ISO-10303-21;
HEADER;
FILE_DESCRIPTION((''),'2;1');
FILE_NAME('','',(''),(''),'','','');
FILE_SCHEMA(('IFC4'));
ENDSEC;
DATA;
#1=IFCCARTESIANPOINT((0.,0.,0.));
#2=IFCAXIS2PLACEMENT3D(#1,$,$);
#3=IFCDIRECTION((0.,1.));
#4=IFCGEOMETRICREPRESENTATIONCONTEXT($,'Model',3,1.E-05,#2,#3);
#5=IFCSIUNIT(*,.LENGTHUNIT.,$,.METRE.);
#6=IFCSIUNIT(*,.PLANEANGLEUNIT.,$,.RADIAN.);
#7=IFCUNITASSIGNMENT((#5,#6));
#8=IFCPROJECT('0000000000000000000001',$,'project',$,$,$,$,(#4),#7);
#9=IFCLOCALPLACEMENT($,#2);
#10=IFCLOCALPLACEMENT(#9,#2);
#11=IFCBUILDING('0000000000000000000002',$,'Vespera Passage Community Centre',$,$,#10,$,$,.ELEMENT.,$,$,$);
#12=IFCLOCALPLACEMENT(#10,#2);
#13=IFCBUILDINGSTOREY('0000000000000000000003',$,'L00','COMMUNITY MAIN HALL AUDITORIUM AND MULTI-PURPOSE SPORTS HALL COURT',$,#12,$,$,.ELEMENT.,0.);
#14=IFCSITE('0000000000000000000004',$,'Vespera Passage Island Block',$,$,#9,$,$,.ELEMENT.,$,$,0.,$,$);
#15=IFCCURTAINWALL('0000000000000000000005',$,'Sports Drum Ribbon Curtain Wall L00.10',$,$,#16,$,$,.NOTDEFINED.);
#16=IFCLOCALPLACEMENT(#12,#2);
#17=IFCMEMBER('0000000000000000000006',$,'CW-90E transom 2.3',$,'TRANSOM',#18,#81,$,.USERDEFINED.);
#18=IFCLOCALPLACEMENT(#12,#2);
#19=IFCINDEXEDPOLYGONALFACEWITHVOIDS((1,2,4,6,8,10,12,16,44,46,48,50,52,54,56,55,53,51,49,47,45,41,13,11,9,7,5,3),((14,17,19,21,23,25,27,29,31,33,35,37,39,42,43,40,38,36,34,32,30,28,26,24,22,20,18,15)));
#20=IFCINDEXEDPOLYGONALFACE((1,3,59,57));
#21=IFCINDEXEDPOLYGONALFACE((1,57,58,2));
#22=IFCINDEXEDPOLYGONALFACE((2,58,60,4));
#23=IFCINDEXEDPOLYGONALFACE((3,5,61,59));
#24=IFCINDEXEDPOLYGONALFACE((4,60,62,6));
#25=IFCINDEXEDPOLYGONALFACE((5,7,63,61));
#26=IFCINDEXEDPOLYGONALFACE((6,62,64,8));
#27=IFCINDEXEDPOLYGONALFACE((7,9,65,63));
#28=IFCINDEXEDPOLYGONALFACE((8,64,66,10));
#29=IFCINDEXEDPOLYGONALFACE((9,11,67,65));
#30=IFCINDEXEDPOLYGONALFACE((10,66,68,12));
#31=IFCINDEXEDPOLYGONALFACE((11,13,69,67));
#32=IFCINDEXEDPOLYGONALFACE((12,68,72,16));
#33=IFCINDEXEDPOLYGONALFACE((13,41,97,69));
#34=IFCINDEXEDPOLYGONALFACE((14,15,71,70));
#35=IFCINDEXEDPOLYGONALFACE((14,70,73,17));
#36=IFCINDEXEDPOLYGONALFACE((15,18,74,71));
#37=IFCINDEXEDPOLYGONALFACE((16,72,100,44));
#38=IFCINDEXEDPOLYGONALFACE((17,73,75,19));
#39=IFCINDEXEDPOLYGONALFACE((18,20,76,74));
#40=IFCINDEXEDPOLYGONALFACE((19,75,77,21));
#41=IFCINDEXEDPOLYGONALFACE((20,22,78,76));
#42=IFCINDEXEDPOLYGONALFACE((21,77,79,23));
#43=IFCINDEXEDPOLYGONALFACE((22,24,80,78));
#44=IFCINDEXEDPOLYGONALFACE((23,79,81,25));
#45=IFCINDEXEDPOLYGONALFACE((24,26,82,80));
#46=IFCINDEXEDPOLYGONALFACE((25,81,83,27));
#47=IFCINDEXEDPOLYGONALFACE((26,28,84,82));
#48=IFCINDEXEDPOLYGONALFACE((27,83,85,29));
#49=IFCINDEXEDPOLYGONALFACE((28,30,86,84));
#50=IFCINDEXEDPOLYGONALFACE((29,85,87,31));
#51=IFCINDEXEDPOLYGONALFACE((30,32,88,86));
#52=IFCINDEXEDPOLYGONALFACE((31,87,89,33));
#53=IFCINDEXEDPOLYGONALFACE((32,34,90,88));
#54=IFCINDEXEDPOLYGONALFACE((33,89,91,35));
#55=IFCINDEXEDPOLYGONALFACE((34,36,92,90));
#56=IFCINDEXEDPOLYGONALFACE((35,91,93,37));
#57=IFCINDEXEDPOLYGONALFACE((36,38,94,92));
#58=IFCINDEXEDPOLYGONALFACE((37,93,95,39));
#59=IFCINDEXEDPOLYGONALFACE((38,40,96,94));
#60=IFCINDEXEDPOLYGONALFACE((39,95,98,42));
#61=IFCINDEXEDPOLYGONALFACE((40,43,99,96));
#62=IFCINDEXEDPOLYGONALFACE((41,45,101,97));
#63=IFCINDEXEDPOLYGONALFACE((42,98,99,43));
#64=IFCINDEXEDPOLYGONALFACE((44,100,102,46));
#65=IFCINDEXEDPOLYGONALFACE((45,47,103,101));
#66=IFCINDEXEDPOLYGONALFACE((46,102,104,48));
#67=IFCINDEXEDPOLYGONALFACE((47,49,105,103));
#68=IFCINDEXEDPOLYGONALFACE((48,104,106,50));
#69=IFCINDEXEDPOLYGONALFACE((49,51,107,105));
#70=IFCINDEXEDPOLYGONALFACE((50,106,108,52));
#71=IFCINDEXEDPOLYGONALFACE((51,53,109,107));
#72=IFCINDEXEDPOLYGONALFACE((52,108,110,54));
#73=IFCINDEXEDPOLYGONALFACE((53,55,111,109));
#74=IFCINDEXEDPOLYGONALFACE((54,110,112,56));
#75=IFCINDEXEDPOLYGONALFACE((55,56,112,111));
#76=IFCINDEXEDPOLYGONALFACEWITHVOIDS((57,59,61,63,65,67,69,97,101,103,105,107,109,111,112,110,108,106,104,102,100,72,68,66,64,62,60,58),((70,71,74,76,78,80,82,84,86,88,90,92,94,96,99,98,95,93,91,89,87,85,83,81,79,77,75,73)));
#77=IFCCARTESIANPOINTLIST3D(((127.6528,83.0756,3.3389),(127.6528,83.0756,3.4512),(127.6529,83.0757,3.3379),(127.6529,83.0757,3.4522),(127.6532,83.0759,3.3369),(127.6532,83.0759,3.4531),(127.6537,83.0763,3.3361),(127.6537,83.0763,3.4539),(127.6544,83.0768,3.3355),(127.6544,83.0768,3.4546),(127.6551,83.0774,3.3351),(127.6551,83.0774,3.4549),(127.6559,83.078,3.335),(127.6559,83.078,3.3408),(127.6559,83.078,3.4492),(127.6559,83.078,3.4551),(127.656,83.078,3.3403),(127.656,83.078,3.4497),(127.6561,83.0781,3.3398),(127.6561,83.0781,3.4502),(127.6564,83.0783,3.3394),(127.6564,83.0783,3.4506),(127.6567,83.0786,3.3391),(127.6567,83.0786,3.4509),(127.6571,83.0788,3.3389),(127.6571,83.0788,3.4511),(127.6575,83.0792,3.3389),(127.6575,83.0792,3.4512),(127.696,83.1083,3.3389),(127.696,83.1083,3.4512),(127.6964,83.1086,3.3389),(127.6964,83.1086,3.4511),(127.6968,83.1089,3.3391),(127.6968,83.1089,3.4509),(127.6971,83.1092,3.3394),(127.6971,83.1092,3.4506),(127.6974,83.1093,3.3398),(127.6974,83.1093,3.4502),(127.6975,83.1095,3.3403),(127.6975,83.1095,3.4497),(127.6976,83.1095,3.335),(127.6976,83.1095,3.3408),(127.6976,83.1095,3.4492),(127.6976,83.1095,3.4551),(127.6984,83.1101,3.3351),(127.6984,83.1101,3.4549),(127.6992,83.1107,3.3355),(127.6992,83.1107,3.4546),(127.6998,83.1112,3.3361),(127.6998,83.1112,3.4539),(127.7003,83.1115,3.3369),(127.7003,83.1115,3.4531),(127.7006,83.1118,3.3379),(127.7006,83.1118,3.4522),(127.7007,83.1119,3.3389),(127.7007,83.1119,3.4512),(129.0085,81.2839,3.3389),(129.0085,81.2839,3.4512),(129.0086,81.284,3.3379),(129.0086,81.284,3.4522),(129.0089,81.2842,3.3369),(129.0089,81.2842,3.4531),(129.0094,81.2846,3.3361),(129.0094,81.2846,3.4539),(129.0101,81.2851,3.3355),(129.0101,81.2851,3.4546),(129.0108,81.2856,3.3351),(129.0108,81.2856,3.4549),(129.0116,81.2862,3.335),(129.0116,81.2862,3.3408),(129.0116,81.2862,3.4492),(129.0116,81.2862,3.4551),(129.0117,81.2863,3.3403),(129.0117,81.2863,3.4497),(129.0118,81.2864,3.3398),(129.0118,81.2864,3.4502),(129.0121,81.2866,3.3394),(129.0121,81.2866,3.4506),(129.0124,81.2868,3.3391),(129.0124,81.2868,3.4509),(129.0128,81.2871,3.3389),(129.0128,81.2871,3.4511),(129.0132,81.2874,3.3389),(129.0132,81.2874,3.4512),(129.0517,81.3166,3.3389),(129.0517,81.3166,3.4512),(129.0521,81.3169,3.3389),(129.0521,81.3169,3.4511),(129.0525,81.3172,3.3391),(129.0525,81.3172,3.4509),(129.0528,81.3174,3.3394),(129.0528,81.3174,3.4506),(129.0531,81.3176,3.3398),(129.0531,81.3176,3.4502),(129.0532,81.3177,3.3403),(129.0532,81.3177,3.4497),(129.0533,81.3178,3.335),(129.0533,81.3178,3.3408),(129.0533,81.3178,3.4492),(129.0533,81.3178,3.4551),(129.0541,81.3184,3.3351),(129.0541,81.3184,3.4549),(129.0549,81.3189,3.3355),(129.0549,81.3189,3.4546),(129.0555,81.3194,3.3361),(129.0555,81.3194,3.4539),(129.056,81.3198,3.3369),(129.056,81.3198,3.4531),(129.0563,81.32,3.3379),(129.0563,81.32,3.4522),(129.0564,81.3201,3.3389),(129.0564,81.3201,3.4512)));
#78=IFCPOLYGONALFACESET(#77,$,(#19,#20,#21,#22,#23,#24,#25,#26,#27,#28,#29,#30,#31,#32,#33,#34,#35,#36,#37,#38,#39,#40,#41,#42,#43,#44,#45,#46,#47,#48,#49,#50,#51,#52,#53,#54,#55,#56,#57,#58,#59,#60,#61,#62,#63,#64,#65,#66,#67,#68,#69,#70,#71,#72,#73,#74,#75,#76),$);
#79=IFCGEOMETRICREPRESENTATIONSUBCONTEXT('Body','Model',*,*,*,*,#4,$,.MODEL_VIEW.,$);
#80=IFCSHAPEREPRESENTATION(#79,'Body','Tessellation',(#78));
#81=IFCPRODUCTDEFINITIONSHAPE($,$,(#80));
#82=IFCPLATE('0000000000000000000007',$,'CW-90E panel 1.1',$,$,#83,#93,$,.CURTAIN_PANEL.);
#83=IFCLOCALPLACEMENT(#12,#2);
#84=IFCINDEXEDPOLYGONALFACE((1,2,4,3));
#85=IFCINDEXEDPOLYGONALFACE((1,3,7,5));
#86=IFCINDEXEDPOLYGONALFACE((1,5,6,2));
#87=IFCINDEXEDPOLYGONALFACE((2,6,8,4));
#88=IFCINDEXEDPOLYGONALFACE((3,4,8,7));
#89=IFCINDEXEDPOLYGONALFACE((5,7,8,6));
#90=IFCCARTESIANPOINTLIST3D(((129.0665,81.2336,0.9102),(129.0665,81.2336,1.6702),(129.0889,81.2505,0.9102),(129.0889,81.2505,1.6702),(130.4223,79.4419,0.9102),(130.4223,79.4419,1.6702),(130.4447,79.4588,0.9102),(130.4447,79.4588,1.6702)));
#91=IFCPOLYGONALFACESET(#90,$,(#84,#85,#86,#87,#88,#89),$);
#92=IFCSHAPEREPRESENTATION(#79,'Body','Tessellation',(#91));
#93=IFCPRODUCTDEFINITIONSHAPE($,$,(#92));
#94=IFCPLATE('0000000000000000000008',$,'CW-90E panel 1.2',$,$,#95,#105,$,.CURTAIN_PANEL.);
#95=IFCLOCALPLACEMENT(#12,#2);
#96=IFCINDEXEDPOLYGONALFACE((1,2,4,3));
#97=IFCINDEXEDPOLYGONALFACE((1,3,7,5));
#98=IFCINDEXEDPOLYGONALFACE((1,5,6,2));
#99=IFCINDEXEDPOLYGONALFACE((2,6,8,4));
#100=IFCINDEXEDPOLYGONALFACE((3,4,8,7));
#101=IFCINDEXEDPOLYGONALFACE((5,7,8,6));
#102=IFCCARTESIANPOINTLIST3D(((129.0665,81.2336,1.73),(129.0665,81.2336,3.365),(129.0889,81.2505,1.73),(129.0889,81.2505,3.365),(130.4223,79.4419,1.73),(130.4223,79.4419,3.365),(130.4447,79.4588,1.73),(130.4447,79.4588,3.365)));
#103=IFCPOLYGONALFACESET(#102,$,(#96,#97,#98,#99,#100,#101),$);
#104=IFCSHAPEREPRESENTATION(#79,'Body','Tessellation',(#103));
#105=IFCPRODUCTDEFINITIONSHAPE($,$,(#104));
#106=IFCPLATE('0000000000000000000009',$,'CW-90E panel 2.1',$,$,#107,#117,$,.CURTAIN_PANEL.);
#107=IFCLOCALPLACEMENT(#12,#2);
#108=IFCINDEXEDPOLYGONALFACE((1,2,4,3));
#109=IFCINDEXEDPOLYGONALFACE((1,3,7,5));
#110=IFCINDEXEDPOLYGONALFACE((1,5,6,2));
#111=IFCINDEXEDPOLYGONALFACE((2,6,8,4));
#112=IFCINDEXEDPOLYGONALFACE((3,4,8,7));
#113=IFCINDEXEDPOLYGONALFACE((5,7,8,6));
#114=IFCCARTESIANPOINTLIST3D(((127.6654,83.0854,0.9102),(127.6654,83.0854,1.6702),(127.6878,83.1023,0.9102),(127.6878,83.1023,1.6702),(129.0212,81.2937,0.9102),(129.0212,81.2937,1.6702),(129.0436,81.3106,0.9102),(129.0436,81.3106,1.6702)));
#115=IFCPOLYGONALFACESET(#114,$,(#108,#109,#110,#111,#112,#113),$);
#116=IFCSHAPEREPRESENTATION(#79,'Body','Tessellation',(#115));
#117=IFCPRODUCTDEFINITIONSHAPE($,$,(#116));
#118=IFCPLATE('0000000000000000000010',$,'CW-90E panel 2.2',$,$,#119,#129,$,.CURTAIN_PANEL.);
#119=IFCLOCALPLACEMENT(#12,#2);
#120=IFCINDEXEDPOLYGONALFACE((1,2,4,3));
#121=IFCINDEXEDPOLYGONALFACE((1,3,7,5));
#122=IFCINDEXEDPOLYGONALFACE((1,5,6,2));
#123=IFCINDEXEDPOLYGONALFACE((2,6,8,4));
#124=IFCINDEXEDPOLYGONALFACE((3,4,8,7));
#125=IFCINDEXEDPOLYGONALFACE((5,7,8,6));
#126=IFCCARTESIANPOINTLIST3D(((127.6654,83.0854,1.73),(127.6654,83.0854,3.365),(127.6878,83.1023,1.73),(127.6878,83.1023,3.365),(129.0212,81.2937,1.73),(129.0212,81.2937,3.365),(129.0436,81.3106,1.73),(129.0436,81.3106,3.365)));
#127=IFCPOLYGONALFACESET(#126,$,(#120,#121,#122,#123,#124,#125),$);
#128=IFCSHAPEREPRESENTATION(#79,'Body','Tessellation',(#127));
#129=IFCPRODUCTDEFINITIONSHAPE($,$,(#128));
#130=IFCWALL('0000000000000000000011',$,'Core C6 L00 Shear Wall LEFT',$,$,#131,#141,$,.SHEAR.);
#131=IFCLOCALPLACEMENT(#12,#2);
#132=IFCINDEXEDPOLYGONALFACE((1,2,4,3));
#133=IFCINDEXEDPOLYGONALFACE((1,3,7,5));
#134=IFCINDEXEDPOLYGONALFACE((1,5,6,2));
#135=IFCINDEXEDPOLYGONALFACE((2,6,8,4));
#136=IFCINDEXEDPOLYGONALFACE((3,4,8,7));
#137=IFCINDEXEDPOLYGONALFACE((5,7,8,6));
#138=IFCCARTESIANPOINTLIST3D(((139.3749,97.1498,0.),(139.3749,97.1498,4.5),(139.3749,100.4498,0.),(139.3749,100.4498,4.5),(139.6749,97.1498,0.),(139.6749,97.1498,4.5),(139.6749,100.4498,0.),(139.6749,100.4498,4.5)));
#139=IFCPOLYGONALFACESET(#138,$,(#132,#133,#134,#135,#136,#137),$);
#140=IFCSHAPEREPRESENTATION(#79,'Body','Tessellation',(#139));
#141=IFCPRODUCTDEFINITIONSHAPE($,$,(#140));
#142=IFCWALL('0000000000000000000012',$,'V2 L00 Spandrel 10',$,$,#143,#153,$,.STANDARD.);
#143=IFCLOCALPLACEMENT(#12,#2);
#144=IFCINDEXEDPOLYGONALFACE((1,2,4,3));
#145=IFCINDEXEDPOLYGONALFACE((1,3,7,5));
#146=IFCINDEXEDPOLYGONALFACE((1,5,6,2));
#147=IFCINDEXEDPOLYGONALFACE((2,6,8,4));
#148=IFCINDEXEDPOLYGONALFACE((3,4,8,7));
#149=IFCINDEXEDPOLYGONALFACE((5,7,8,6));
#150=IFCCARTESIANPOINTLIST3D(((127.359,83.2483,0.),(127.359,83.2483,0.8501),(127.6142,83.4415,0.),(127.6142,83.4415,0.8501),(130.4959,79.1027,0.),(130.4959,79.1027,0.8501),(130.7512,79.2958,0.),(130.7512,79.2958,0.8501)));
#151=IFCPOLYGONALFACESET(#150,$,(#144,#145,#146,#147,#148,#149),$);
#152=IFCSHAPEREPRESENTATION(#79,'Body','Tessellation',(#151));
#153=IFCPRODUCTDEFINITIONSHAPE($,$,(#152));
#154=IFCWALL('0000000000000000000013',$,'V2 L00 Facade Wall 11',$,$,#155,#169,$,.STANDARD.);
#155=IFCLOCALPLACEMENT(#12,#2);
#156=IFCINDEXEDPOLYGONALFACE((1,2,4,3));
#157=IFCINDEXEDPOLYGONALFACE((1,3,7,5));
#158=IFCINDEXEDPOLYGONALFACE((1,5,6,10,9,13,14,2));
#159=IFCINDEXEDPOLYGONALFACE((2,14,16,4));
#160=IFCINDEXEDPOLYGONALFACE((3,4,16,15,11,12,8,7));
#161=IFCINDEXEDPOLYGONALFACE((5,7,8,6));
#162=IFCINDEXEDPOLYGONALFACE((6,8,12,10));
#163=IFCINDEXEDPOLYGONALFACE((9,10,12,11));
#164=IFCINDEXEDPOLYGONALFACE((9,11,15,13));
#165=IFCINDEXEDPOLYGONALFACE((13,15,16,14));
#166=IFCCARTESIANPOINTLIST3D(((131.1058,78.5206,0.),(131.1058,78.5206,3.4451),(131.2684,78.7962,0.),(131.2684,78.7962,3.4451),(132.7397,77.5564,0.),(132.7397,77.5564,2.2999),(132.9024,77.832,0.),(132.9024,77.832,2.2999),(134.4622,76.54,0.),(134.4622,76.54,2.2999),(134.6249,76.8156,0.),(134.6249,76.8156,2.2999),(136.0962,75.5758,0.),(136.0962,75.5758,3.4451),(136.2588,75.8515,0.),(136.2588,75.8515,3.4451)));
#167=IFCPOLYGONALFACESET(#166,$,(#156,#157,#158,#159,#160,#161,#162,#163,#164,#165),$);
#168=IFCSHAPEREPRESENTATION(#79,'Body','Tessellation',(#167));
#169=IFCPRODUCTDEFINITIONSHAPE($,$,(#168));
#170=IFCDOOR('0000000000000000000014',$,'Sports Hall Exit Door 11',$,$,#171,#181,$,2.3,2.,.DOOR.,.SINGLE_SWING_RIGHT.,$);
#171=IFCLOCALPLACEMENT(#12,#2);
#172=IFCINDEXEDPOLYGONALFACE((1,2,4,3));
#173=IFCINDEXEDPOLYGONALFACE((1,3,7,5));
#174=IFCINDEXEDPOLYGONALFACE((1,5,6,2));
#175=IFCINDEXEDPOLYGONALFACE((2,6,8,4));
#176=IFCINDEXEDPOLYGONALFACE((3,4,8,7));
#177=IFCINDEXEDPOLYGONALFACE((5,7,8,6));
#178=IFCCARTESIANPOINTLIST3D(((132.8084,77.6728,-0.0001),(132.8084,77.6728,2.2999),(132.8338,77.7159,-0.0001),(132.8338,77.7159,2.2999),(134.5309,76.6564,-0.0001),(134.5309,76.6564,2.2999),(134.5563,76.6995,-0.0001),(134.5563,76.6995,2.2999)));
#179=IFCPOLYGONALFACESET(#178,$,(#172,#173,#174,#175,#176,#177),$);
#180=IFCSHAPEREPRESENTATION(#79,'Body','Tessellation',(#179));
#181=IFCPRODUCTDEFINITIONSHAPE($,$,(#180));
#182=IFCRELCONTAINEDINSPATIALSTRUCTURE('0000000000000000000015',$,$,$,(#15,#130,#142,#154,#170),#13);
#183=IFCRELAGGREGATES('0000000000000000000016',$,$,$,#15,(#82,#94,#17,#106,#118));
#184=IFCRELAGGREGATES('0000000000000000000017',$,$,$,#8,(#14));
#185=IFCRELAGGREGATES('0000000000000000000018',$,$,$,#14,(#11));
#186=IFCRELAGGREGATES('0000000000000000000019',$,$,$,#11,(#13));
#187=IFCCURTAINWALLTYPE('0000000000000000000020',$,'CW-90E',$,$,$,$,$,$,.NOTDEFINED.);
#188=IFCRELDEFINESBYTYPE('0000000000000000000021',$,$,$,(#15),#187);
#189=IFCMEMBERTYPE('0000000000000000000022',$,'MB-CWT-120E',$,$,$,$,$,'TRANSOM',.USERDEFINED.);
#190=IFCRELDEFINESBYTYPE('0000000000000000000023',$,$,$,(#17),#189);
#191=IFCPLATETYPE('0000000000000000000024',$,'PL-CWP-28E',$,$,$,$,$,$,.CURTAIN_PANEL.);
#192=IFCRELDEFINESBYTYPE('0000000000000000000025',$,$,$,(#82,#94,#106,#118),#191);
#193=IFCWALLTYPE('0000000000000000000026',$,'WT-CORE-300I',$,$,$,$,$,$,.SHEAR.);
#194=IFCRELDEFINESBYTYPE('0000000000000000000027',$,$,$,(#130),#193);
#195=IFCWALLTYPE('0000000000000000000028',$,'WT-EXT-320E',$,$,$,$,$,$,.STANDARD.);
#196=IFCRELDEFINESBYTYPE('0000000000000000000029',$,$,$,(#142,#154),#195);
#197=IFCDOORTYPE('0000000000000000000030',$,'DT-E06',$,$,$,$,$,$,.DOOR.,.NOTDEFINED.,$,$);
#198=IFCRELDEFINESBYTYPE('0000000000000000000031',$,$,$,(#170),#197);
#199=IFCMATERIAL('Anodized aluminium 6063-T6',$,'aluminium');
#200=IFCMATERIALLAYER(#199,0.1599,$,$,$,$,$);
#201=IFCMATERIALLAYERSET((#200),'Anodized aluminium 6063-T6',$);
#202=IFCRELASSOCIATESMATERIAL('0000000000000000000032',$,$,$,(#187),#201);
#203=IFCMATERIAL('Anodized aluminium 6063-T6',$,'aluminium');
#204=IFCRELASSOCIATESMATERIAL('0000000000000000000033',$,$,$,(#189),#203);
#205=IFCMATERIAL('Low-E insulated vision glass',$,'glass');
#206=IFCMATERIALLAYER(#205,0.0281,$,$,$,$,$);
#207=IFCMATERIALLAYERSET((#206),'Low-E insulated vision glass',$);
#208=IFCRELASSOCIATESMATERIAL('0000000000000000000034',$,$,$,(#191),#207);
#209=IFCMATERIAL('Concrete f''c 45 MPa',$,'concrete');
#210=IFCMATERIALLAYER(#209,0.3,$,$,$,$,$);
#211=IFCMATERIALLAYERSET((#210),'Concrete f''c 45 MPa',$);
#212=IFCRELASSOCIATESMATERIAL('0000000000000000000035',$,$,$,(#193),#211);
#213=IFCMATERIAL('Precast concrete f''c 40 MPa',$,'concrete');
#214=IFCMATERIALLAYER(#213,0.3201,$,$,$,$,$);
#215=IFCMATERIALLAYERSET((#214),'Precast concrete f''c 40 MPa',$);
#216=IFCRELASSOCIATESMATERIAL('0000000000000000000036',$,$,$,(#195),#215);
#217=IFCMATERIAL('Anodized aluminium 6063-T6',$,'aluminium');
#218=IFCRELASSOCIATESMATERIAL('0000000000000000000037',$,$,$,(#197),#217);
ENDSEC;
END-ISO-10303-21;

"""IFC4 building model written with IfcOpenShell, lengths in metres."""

from ifc_helpers import new_model, si_unit, direction, frame, frame_2d, origin, origin_2d, place, context, subcontext, project, spatial, rectangle, hollow_rectangle, extrude, material, layer, layer_set, material_profile, profile_set, type_object, element, fill, aggregate, save


model = new_model("IFC4")

# Units and contexts
model_context = context("Model", 3, precision=1e-05, world=origin(), true_north=direction((0.0, 1.0)))
body_context = subcontext(model_context, "Body", "Model", "MODEL_VIEW")
ifc_project = project(units=[si_unit("LENGTHUNIT", "METRE"), si_unit("PLANEANGLEUNIT", "RADIAN")], contexts=[model_context])

# Site, building, storey
site_placement = place(None, origin())
site = spatial("IfcSite", under=ifc_project, at=site_placement, Name="Vespera Passage Island Block", CompositionType="ELEMENT", RefElevation=0.0)
building_placement = place(site_placement, origin())
building = spatial("IfcBuilding", under=site, at=building_placement, Name="Vespera Passage Community Centre", CompositionType="ELEMENT")
storey_placement = place(building_placement, origin())
storey = spatial("IfcBuildingStorey", under=building, at=storey_placement, Name="L00", Description="COMMUNITY MAIN HALL AUDITORIUM AND MULTI-PURPOSE SPORTS HALL COURT", CompositionType="ELEMENT", Elevation=0.0)

# Curtain wall, member, plates
ifc_material_1 = material(Name="Anodized aluminium 6063-T6", Category="aluminium")
ifc_layer_1 = layer(ifc_material_1, 0.1599)
ifc_layer_set_1 = layer_set([ifc_layer_1], Name="Anodized aluminium 6063-T6")
curtain_wall_type = type_object("IfcCurtainWallType", Name="CW-90E", PredefinedType="NOTDEFINED", material=ifc_layer_set_1)
curtain_wall_placement = place(storey_placement, origin())
curtain_wall = element("IfcCurtainWall", 1, at=curtain_wall_placement, inside=storey, type_object=curtain_wall_type, Name="Sports Drum Ribbon Curtain Wall L00.10", PredefinedType="NOTDEFINED")
ifc_material_2 = material(Name="Anodized aluminium 6063-T6", Category="aluminium")
ifc_material_profile_1 = material_profile(ifc_material_2, hollow_rectangle(XDim=0.0601, YDim=0.1201, WallThickness=0.0039, InnerFilletRadius=0.002, OuterFilletRadius=0.0039, at=origin_2d()), Name="ALU120X60X4")
ifc_profile_set_1 = profile_set([ifc_material_profile_1], Name="Anodized aluminium 6063-T6")
member_type_1 = type_object("IfcMemberType", Name="MB-CWT-120E", ElementType="TRANSOM", PredefinedType="USERDEFINED", material=ifc_profile_set_1)
member_1_placement = place(storey_placement, frame((129.0325, 81.302, 3.395), z_axis=(-0.603385, 0.79745, 0.0), x_axis=(-0.79745, -0.603385, 0.0)))
member_1 = element("IfcMember", 2, at=member_1_placement, type_object=member_type_1, Name="CW-90E transom 2.3", ObjectType="TRANSOM", PredefinedType="USERDEFINED", context=body_context, shape_type="SweptSolid", body=[
    extrude(hollow_rectangle(XDim=0.0601, YDim=0.1201, WallThickness=0.0039, InnerFilletRadius=0.002, OuterFilletRadius=0.0039, at=origin_2d()), origin(), (0.0, 0.0, 1.0), 2.2468),
])
ifc_material_3 = material(Name="Low-E insulated vision glass", Category="glass")
ifc_layer_2 = layer(ifc_material_3, 0.0281)
ifc_layer_set_2 = layer_set([ifc_layer_2], Name="Low-E insulated vision glass")
plate_type = type_object("IfcPlateType", Name="PL-CWP-28E", PredefinedType="CURTAIN_PANEL", material=ifc_layer_set_2)
plate_1_placement = place(storey_placement, frame((129.7556, 80.3462, 0.9102), z_axis=(0.0, 0.0, 1.0), x_axis=(-0.603406, 0.797434, 0.0)))
plate_1 = element("IfcPlate", 3, at=plate_1_placement, type_object=plate_type, Name="CW-90E panel 1.1", PredefinedType="CURTAIN_PANEL", context=body_context, shape_type="SweptSolid", body=[
    extrude(rectangle(XDim=2.2468, YDim=0.0281, at=origin_2d()), origin(), (0.0, 0.0, 1.0), 0.76),
])
plate_2_placement = place(storey_placement, frame((129.7556, 80.3462, 1.73), z_axis=(0.0, 0.0, 1.0), x_axis=(-0.603406, 0.797434, 0.0)))
plate_2 = element("IfcPlate", 4, at=plate_2_placement, type_object=plate_type, Name="CW-90E panel 1.2", PredefinedType="CURTAIN_PANEL", context=body_context, shape_type="SweptSolid", body=[
    extrude(rectangle(XDim=2.2468, YDim=0.0281, at=origin_2d()), origin(), (0.0, 0.0, 1.0), 1.635),
])
plate_3_placement = place(storey_placement, frame((128.3545, 82.198, 0.9102), z_axis=(0.0, 0.0, 1.0), x_axis=(-0.603406, 0.797434, 0.0)))
plate_3 = element("IfcPlate", 5, at=plate_3_placement, type_object=plate_type, Name="CW-90E panel 2.1", PredefinedType="CURTAIN_PANEL", context=body_context, shape_type="SweptSolid", body=[
    extrude(rectangle(XDim=2.2468, YDim=0.0281, at=origin_2d()), origin(), (0.0, 0.0, 1.0), 0.76),
])
plate_4_placement = place(storey_placement, frame((128.3545, 82.198, 1.73), z_axis=(0.0, 0.0, 1.0), x_axis=(-0.603406, 0.797434, 0.0)))
plate_4 = element("IfcPlate", 6, at=plate_4_placement, type_object=plate_type, Name="CW-90E panel 2.2", PredefinedType="CURTAIN_PANEL", context=body_context, shape_type="SweptSolid", body=[
    extrude(rectangle(XDim=2.2468, YDim=0.0281, at=origin_2d()), origin(), (0.0, 0.0, 1.0), 1.635),
])
aggregate(curtain_wall, [plate_1, plate_2, member_1, plate_3, plate_4])

# Walls
ifc_material_4 = material(Name="Concrete f'c 45 MPa", Category="concrete")
ifc_layer_3 = layer(ifc_material_4, 0.3)
ifc_layer_set_3 = layer_set([ifc_layer_3], Name="Concrete f'c 45 MPa")
wall_type_1 = type_object("IfcWallType", Name="WT-CORE-300I", PredefinedType="SHEAR", material=ifc_layer_set_3)
wall_1_placement = place(storey_placement, frame((139.5249, 97.1499, 0.0), z_axis=(0.0, 0.0, 1.0), x_axis=(0.0, 1.0, 0.0)))
element("IfcWall", 7, at=wall_1_placement, inside=storey, type_object=wall_type_1, Name="Core C6 L00 Shear Wall LEFT", PredefinedType="SHEAR", context=body_context, shape_type="SweptSolid", body=[
    extrude(rectangle(XDim=3.3, YDim=0.3, at=frame_2d((1.6499, 0.0))), origin(), (0.0, 0.0, 1.0), 4.5),
])
ifc_material_5 = material(Name="Precast concrete f'c 40 MPa", Category="concrete")
ifc_layer_4 = layer(ifc_material_5, 0.3201)
ifc_layer_set_4 = layer_set([ifc_layer_4], Name="Precast concrete f'c 40 MPa")
wall_type_2 = type_object("IfcWallType", Name="WT-EXT-320E", PredefinedType="STANDARD", material=ifc_layer_set_4)
wall_2_placement = place(storey_placement, frame((130.6235, 79.1992, 0.0), z_axis=(0.0, 0.0, 1.0), x_axis=(-0.603398, 0.79744, 0.0)))
element("IfcWall", 8, at=wall_2_placement, inside=storey, type_object=wall_type_2, Name="V2 L00 Spandrel 10", PredefinedType="STANDARD", context=body_context, shape_type="SweptSolid", body=[
    extrude(rectangle(XDim=5.1987, YDim=0.3201, at=frame_2d((2.5994, 0.0))), origin(), (0.0, 0.0, 1.0), 0.8501),
])

# Wall, opening, door
wall_3_placement = place(storey_placement, frame((136.1775, 75.7136, 0.0), z_axis=(0.0, 0.0, 1.0), x_axis=(-0.861236, 0.508205, 0.0)))
wall_3 = element("IfcWall", 9, at=wall_3_placement, inside=storey, type_object=wall_type_2, Name="V2 L00 Facade Wall 11", PredefinedType="STANDARD", context=body_context, shape_type="SweptSolid", body=[
    extrude(rectangle(XDim=5.7944, YDim=0.3201, at=frame_2d((2.8972, 0.0))), origin(), (0.0, 0.0, 1.0), 3.4451),
])
opening_1_placement = place(wall_3_placement, frame((1.8972, 0.0, 0.0)))
opening_1 = element("IfcOpeningElement", 10, at=opening_1_placement, cuts=wall_3, PredefinedType="OPENING", context=body_context, shape_type="SweptSolid", body=[
    extrude(rectangle(XDim=2.0, YDim=2.3, at=frame_2d((1.0, 1.1499))), frame((0.0, 0.1702, 0.0), z_axis=(0.0, -1.0, 0.0), x_axis=(1.0, 0.0, 0.0)), (0.0, 0.0, 1.0), 0.3401),
])
ifc_material_6 = material(Name="Anodized aluminium 6063-T6", Category="aluminium")
door_type_1 = type_object("IfcDoorType", Name="DT-E06", OperationType="NOTDEFINED", PredefinedType="DOOR", material=ifc_material_6)
door_1_placement = place(opening_1_placement, origin())
door_1 = element("IfcDoor", 11, at=door_1_placement, inside=storey, type_object=door_type_1, Name="Sports Hall Exit Door 11", OperationType="SINGLE_SWING_RIGHT", OverallHeight=2.3, OverallWidth=2.0, PredefinedType="DOOR", context=body_context, shape_type="SweptSolid", body=[
    extrude(rectangle(XDim=2.0, YDim=2.3, at=frame_2d((1.0, 1.1499))), frame((0.0, 0.0249, 0.0), z_axis=(0.0, -1.0, 0.0), x_axis=(1.0, 0.0, 0.0)), (0.0, 0.0, 1.0), 0.05),
])
fill(opening_1, door_1)

save(model, "model.ifc")
